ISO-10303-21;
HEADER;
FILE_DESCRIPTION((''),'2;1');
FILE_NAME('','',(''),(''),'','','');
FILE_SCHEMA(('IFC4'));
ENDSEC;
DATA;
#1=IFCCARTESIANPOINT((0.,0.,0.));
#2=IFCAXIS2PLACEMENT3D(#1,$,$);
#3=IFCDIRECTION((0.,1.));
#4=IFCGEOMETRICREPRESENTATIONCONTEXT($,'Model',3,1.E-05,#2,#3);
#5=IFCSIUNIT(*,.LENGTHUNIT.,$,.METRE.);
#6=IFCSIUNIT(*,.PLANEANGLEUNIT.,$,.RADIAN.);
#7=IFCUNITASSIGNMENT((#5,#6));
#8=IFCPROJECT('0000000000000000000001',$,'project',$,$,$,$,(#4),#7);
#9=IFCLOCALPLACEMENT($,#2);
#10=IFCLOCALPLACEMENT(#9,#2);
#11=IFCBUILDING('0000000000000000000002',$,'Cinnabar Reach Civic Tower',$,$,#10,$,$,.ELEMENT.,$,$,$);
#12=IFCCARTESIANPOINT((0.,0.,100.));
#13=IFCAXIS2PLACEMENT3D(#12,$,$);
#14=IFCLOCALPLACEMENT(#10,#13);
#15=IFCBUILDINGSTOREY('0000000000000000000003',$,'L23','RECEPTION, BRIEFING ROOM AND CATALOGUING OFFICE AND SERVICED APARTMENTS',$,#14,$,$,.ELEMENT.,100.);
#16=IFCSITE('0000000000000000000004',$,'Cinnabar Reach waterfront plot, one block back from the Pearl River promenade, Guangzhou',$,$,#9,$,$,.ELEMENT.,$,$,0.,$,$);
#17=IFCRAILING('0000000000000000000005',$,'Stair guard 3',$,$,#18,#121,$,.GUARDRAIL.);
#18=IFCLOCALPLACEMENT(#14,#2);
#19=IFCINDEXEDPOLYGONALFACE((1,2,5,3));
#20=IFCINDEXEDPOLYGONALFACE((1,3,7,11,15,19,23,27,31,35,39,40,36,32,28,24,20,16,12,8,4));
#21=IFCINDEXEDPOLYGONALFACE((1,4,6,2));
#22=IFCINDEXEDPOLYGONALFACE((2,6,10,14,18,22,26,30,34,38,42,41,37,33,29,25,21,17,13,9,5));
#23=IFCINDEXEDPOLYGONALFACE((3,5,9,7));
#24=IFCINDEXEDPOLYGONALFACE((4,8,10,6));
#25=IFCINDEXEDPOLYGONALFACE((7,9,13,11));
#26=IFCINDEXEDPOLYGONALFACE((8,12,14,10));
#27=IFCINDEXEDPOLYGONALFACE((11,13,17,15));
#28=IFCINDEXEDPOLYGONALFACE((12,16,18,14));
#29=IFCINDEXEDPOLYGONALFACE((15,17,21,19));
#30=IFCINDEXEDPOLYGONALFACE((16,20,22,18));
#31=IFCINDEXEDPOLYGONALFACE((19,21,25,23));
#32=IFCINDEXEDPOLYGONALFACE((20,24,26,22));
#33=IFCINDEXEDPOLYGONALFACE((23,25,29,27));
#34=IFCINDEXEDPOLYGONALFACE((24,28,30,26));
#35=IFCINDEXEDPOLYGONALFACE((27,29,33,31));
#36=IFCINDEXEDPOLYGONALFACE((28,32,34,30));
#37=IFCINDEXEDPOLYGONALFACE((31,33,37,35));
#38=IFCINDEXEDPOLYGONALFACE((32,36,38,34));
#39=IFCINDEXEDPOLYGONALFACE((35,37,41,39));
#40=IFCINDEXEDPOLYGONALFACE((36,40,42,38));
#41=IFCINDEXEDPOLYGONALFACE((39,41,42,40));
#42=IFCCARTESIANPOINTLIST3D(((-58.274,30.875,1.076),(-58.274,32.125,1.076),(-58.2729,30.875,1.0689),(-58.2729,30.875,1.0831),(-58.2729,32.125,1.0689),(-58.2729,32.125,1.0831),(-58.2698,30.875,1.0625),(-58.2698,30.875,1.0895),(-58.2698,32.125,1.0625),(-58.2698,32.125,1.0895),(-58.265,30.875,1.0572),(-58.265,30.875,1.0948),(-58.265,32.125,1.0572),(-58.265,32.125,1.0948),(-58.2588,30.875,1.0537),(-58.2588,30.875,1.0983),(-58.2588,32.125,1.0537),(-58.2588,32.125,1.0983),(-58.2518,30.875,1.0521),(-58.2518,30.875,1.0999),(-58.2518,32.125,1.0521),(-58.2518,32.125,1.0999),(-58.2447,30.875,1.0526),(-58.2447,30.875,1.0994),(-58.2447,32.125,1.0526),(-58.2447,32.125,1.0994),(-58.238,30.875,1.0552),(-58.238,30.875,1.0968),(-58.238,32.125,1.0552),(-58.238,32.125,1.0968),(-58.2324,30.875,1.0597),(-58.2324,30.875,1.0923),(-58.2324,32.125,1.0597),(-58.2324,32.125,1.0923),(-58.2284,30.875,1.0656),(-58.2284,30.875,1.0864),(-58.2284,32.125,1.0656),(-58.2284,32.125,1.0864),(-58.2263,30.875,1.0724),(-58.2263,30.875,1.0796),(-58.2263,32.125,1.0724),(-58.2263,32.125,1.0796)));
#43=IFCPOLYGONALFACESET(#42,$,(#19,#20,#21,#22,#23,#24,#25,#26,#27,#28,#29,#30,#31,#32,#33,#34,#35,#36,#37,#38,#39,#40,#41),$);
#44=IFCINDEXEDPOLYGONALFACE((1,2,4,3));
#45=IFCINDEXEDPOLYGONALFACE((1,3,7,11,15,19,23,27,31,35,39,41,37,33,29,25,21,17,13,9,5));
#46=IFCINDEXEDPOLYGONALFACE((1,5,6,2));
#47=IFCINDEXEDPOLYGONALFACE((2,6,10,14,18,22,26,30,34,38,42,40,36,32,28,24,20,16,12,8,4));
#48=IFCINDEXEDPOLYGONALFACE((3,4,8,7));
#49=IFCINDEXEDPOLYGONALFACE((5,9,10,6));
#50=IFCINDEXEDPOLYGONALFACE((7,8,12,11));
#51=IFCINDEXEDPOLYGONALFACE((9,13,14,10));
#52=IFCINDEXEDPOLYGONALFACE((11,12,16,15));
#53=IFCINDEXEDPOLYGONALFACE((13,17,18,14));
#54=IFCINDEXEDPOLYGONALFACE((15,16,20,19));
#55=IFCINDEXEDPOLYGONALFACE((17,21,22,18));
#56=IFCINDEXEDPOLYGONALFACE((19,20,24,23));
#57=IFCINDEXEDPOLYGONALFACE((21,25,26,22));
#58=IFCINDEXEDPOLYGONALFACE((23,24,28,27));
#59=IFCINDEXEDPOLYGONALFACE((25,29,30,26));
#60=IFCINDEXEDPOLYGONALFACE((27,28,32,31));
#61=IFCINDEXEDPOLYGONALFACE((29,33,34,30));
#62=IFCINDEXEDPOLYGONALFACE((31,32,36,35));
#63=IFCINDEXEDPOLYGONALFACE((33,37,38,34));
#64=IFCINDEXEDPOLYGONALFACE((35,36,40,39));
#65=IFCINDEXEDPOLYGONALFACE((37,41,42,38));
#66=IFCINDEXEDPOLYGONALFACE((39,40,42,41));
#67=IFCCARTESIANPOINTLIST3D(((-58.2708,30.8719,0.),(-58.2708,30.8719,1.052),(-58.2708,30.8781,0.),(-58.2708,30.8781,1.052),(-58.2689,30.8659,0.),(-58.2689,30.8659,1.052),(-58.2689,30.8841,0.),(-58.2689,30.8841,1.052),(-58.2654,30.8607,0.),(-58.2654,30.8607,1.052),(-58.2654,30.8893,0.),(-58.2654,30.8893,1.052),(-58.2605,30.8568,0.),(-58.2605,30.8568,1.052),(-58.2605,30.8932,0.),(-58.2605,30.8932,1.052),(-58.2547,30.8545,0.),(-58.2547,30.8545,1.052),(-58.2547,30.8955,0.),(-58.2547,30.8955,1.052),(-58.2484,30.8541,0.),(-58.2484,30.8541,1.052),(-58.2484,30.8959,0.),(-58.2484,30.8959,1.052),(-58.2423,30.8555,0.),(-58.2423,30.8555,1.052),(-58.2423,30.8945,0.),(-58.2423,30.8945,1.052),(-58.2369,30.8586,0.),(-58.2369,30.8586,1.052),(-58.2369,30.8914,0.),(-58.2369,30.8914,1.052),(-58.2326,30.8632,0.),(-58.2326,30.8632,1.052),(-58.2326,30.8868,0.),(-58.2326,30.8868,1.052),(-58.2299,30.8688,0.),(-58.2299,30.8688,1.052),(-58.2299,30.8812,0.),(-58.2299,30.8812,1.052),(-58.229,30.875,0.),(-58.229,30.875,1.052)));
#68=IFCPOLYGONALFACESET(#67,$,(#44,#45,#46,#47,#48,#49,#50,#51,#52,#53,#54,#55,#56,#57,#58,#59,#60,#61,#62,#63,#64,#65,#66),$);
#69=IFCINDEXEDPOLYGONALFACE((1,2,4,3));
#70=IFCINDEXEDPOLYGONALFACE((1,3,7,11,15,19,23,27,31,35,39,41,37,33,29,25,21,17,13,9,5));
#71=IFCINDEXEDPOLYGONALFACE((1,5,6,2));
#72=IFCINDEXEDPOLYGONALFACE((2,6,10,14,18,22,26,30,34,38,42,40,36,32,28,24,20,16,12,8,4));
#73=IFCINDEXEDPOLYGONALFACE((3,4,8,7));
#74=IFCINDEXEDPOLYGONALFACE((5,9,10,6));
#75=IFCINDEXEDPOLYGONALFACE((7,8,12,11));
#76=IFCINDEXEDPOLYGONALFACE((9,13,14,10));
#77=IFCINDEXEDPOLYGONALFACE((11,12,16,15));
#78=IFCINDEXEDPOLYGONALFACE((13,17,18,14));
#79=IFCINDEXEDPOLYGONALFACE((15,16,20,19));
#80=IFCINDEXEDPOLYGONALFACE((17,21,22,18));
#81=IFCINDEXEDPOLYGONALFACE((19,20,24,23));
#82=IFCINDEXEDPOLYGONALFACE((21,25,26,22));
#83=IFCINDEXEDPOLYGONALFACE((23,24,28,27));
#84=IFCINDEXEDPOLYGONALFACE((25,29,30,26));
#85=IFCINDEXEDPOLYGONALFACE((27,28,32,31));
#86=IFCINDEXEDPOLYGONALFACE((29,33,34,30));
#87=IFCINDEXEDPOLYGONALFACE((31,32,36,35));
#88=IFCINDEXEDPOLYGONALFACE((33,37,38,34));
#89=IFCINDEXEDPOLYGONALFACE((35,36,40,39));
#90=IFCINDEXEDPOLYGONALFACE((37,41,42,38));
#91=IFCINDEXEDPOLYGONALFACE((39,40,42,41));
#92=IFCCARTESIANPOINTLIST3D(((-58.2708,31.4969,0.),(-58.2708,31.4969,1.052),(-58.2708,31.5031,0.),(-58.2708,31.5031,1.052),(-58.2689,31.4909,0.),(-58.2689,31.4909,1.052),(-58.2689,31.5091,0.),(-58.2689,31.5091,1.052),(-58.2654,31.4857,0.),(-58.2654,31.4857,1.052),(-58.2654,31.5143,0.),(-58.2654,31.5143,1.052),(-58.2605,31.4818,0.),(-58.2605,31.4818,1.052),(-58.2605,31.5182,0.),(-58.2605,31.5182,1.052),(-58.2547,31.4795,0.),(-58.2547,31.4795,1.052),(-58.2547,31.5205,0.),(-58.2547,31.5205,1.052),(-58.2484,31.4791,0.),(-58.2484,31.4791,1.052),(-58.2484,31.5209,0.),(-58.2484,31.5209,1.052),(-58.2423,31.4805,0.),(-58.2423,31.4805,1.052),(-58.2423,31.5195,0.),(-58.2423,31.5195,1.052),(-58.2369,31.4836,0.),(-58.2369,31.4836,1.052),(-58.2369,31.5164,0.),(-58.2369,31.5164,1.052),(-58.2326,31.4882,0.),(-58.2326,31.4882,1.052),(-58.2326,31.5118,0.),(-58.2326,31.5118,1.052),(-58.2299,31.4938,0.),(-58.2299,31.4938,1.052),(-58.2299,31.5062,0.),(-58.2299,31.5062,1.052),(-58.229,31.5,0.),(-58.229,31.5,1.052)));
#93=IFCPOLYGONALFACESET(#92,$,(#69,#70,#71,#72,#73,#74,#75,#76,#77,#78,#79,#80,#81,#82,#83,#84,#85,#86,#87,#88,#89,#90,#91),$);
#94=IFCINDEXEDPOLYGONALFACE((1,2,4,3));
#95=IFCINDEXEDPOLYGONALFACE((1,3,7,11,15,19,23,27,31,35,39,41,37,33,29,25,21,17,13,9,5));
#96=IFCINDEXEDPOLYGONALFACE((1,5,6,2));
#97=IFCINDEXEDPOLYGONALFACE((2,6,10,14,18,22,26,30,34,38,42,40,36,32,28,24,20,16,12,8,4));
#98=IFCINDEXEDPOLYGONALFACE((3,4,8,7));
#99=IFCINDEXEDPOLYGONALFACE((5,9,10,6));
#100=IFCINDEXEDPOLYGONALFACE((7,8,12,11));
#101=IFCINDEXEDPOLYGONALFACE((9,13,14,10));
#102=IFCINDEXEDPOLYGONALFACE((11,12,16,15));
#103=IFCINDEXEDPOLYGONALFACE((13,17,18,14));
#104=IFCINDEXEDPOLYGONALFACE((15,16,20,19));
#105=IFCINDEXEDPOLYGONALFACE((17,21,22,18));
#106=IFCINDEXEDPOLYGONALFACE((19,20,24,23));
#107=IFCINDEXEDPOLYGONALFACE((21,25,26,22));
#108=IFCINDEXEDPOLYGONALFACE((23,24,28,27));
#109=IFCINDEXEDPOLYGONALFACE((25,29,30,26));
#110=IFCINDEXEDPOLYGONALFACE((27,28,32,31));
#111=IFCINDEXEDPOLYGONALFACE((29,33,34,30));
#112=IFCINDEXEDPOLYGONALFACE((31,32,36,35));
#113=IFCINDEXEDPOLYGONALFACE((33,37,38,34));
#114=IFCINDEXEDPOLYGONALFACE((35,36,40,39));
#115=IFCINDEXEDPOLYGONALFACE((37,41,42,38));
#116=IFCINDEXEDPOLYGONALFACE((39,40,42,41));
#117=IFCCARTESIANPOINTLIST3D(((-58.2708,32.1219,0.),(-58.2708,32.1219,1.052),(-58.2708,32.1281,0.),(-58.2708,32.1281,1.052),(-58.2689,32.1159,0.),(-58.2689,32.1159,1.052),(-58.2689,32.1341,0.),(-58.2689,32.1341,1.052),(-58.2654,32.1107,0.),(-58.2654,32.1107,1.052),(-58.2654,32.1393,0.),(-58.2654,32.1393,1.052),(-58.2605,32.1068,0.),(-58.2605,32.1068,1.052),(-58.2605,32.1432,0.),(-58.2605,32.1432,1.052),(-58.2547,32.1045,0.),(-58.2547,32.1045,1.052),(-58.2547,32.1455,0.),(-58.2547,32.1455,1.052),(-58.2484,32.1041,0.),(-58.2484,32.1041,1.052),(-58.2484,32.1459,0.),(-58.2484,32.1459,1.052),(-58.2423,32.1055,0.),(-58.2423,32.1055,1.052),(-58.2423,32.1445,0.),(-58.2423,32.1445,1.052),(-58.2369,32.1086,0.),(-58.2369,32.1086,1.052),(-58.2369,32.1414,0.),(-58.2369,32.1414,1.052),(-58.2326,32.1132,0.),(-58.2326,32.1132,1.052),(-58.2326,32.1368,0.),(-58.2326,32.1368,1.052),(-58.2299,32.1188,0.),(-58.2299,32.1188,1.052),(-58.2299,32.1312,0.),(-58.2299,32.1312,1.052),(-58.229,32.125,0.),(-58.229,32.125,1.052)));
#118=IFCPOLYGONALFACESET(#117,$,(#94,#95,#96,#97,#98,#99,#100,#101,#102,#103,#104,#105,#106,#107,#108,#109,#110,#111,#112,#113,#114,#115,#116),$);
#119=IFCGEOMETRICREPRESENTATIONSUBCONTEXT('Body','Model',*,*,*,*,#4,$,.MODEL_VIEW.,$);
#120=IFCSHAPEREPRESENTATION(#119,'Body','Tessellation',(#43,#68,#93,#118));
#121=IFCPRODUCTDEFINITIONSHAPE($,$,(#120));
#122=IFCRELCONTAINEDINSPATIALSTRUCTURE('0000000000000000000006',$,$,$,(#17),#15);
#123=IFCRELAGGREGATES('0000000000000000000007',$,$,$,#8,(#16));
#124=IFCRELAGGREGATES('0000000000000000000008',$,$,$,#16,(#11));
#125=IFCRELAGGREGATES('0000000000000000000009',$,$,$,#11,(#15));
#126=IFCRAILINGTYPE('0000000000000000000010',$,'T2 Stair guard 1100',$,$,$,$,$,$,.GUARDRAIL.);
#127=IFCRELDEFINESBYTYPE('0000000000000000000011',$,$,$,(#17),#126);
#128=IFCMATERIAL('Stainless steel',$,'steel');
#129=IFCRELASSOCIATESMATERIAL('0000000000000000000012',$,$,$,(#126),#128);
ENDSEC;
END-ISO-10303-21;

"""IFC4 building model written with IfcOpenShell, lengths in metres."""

from ifc_helpers import new_model, si_unit, direction, frame, origin, origin_2d, place, context, subcontext, project, spatial, circle, extrude, material, type_object, element, save


model = new_model("IFC4")

# Units and contexts
model_context = context("Model", 3, precision=1e-05, world=origin(), true_north=direction((0.0, 1.0)))
body_context = subcontext(model_context, "Body", "Model", "MODEL_VIEW")
ifc_project = project(units=[si_unit("LENGTHUNIT", "METRE"), si_unit("PLANEANGLEUNIT", "RADIAN")], contexts=[model_context])

# Site, building, storey
site_placement = place(None, origin())
site = spatial("IfcSite", under=ifc_project, at=site_placement, Name="Cinnabar Reach waterfront plot, one block back from the Pearl River promenade, Guangzhou", CompositionType="ELEMENT", RefElevation=0.0)
building_placement = place(site_placement, origin())
building = spatial("IfcBuilding", under=site, at=building_placement, Name="Cinnabar Reach Civic Tower", CompositionType="ELEMENT")
storey_placement = place(building_placement, frame((0.0, 0.0, 100.0)))
storey = spatial("IfcBuildingStorey", under=building, at=storey_placement, Name="L23", Description="RECEPTION, BRIEFING ROOM AND CATALOGUING OFFICE AND SERVICED APARTMENTS", CompositionType="ELEMENT", Elevation=100.0)

# Railing
ifc_material_1 = material(Name="Stainless steel", Category="steel")
railing_type = type_object("IfcRailingType", Name="T2 Stair guard 1100", PredefinedType="GUARDRAIL", material=ifc_material_1)
railing_1_placement = place(storey_placement, frame((-58.25, 30.875, 0.0)))
element("IfcRailing", 1, at=railing_1_placement, inside=storey, type_object=railing_type, Name="Stair guard 3", PredefinedType="GUARDRAIL", context=body_context, shape_type="SweptSolid", body=[
    extrude(circle(Radius=0.024, at=origin_2d()), frame((0.0, 0.0, 1.076), z_axis=(0.0, 1.0, 0.0), x_axis=(-1.0, 0.0, 0.0)), (0.0, 0.0, 1.0), 1.25),
    extrude(circle(Radius=0.021, at=origin_2d()), origin(), (0.0, 0.0, 1.0), 1.052),
    extrude(circle(Radius=0.021, at=origin_2d()), frame((0.0, 0.625, 0.0)), (0.0, 0.0, 1.0), 1.052),
    extrude(circle(Radius=0.021, at=origin_2d()), frame((0.0, 1.25, 0.0)), (0.0, 0.0, 1.0), 1.052),
])

save(model, "model.ifc")
